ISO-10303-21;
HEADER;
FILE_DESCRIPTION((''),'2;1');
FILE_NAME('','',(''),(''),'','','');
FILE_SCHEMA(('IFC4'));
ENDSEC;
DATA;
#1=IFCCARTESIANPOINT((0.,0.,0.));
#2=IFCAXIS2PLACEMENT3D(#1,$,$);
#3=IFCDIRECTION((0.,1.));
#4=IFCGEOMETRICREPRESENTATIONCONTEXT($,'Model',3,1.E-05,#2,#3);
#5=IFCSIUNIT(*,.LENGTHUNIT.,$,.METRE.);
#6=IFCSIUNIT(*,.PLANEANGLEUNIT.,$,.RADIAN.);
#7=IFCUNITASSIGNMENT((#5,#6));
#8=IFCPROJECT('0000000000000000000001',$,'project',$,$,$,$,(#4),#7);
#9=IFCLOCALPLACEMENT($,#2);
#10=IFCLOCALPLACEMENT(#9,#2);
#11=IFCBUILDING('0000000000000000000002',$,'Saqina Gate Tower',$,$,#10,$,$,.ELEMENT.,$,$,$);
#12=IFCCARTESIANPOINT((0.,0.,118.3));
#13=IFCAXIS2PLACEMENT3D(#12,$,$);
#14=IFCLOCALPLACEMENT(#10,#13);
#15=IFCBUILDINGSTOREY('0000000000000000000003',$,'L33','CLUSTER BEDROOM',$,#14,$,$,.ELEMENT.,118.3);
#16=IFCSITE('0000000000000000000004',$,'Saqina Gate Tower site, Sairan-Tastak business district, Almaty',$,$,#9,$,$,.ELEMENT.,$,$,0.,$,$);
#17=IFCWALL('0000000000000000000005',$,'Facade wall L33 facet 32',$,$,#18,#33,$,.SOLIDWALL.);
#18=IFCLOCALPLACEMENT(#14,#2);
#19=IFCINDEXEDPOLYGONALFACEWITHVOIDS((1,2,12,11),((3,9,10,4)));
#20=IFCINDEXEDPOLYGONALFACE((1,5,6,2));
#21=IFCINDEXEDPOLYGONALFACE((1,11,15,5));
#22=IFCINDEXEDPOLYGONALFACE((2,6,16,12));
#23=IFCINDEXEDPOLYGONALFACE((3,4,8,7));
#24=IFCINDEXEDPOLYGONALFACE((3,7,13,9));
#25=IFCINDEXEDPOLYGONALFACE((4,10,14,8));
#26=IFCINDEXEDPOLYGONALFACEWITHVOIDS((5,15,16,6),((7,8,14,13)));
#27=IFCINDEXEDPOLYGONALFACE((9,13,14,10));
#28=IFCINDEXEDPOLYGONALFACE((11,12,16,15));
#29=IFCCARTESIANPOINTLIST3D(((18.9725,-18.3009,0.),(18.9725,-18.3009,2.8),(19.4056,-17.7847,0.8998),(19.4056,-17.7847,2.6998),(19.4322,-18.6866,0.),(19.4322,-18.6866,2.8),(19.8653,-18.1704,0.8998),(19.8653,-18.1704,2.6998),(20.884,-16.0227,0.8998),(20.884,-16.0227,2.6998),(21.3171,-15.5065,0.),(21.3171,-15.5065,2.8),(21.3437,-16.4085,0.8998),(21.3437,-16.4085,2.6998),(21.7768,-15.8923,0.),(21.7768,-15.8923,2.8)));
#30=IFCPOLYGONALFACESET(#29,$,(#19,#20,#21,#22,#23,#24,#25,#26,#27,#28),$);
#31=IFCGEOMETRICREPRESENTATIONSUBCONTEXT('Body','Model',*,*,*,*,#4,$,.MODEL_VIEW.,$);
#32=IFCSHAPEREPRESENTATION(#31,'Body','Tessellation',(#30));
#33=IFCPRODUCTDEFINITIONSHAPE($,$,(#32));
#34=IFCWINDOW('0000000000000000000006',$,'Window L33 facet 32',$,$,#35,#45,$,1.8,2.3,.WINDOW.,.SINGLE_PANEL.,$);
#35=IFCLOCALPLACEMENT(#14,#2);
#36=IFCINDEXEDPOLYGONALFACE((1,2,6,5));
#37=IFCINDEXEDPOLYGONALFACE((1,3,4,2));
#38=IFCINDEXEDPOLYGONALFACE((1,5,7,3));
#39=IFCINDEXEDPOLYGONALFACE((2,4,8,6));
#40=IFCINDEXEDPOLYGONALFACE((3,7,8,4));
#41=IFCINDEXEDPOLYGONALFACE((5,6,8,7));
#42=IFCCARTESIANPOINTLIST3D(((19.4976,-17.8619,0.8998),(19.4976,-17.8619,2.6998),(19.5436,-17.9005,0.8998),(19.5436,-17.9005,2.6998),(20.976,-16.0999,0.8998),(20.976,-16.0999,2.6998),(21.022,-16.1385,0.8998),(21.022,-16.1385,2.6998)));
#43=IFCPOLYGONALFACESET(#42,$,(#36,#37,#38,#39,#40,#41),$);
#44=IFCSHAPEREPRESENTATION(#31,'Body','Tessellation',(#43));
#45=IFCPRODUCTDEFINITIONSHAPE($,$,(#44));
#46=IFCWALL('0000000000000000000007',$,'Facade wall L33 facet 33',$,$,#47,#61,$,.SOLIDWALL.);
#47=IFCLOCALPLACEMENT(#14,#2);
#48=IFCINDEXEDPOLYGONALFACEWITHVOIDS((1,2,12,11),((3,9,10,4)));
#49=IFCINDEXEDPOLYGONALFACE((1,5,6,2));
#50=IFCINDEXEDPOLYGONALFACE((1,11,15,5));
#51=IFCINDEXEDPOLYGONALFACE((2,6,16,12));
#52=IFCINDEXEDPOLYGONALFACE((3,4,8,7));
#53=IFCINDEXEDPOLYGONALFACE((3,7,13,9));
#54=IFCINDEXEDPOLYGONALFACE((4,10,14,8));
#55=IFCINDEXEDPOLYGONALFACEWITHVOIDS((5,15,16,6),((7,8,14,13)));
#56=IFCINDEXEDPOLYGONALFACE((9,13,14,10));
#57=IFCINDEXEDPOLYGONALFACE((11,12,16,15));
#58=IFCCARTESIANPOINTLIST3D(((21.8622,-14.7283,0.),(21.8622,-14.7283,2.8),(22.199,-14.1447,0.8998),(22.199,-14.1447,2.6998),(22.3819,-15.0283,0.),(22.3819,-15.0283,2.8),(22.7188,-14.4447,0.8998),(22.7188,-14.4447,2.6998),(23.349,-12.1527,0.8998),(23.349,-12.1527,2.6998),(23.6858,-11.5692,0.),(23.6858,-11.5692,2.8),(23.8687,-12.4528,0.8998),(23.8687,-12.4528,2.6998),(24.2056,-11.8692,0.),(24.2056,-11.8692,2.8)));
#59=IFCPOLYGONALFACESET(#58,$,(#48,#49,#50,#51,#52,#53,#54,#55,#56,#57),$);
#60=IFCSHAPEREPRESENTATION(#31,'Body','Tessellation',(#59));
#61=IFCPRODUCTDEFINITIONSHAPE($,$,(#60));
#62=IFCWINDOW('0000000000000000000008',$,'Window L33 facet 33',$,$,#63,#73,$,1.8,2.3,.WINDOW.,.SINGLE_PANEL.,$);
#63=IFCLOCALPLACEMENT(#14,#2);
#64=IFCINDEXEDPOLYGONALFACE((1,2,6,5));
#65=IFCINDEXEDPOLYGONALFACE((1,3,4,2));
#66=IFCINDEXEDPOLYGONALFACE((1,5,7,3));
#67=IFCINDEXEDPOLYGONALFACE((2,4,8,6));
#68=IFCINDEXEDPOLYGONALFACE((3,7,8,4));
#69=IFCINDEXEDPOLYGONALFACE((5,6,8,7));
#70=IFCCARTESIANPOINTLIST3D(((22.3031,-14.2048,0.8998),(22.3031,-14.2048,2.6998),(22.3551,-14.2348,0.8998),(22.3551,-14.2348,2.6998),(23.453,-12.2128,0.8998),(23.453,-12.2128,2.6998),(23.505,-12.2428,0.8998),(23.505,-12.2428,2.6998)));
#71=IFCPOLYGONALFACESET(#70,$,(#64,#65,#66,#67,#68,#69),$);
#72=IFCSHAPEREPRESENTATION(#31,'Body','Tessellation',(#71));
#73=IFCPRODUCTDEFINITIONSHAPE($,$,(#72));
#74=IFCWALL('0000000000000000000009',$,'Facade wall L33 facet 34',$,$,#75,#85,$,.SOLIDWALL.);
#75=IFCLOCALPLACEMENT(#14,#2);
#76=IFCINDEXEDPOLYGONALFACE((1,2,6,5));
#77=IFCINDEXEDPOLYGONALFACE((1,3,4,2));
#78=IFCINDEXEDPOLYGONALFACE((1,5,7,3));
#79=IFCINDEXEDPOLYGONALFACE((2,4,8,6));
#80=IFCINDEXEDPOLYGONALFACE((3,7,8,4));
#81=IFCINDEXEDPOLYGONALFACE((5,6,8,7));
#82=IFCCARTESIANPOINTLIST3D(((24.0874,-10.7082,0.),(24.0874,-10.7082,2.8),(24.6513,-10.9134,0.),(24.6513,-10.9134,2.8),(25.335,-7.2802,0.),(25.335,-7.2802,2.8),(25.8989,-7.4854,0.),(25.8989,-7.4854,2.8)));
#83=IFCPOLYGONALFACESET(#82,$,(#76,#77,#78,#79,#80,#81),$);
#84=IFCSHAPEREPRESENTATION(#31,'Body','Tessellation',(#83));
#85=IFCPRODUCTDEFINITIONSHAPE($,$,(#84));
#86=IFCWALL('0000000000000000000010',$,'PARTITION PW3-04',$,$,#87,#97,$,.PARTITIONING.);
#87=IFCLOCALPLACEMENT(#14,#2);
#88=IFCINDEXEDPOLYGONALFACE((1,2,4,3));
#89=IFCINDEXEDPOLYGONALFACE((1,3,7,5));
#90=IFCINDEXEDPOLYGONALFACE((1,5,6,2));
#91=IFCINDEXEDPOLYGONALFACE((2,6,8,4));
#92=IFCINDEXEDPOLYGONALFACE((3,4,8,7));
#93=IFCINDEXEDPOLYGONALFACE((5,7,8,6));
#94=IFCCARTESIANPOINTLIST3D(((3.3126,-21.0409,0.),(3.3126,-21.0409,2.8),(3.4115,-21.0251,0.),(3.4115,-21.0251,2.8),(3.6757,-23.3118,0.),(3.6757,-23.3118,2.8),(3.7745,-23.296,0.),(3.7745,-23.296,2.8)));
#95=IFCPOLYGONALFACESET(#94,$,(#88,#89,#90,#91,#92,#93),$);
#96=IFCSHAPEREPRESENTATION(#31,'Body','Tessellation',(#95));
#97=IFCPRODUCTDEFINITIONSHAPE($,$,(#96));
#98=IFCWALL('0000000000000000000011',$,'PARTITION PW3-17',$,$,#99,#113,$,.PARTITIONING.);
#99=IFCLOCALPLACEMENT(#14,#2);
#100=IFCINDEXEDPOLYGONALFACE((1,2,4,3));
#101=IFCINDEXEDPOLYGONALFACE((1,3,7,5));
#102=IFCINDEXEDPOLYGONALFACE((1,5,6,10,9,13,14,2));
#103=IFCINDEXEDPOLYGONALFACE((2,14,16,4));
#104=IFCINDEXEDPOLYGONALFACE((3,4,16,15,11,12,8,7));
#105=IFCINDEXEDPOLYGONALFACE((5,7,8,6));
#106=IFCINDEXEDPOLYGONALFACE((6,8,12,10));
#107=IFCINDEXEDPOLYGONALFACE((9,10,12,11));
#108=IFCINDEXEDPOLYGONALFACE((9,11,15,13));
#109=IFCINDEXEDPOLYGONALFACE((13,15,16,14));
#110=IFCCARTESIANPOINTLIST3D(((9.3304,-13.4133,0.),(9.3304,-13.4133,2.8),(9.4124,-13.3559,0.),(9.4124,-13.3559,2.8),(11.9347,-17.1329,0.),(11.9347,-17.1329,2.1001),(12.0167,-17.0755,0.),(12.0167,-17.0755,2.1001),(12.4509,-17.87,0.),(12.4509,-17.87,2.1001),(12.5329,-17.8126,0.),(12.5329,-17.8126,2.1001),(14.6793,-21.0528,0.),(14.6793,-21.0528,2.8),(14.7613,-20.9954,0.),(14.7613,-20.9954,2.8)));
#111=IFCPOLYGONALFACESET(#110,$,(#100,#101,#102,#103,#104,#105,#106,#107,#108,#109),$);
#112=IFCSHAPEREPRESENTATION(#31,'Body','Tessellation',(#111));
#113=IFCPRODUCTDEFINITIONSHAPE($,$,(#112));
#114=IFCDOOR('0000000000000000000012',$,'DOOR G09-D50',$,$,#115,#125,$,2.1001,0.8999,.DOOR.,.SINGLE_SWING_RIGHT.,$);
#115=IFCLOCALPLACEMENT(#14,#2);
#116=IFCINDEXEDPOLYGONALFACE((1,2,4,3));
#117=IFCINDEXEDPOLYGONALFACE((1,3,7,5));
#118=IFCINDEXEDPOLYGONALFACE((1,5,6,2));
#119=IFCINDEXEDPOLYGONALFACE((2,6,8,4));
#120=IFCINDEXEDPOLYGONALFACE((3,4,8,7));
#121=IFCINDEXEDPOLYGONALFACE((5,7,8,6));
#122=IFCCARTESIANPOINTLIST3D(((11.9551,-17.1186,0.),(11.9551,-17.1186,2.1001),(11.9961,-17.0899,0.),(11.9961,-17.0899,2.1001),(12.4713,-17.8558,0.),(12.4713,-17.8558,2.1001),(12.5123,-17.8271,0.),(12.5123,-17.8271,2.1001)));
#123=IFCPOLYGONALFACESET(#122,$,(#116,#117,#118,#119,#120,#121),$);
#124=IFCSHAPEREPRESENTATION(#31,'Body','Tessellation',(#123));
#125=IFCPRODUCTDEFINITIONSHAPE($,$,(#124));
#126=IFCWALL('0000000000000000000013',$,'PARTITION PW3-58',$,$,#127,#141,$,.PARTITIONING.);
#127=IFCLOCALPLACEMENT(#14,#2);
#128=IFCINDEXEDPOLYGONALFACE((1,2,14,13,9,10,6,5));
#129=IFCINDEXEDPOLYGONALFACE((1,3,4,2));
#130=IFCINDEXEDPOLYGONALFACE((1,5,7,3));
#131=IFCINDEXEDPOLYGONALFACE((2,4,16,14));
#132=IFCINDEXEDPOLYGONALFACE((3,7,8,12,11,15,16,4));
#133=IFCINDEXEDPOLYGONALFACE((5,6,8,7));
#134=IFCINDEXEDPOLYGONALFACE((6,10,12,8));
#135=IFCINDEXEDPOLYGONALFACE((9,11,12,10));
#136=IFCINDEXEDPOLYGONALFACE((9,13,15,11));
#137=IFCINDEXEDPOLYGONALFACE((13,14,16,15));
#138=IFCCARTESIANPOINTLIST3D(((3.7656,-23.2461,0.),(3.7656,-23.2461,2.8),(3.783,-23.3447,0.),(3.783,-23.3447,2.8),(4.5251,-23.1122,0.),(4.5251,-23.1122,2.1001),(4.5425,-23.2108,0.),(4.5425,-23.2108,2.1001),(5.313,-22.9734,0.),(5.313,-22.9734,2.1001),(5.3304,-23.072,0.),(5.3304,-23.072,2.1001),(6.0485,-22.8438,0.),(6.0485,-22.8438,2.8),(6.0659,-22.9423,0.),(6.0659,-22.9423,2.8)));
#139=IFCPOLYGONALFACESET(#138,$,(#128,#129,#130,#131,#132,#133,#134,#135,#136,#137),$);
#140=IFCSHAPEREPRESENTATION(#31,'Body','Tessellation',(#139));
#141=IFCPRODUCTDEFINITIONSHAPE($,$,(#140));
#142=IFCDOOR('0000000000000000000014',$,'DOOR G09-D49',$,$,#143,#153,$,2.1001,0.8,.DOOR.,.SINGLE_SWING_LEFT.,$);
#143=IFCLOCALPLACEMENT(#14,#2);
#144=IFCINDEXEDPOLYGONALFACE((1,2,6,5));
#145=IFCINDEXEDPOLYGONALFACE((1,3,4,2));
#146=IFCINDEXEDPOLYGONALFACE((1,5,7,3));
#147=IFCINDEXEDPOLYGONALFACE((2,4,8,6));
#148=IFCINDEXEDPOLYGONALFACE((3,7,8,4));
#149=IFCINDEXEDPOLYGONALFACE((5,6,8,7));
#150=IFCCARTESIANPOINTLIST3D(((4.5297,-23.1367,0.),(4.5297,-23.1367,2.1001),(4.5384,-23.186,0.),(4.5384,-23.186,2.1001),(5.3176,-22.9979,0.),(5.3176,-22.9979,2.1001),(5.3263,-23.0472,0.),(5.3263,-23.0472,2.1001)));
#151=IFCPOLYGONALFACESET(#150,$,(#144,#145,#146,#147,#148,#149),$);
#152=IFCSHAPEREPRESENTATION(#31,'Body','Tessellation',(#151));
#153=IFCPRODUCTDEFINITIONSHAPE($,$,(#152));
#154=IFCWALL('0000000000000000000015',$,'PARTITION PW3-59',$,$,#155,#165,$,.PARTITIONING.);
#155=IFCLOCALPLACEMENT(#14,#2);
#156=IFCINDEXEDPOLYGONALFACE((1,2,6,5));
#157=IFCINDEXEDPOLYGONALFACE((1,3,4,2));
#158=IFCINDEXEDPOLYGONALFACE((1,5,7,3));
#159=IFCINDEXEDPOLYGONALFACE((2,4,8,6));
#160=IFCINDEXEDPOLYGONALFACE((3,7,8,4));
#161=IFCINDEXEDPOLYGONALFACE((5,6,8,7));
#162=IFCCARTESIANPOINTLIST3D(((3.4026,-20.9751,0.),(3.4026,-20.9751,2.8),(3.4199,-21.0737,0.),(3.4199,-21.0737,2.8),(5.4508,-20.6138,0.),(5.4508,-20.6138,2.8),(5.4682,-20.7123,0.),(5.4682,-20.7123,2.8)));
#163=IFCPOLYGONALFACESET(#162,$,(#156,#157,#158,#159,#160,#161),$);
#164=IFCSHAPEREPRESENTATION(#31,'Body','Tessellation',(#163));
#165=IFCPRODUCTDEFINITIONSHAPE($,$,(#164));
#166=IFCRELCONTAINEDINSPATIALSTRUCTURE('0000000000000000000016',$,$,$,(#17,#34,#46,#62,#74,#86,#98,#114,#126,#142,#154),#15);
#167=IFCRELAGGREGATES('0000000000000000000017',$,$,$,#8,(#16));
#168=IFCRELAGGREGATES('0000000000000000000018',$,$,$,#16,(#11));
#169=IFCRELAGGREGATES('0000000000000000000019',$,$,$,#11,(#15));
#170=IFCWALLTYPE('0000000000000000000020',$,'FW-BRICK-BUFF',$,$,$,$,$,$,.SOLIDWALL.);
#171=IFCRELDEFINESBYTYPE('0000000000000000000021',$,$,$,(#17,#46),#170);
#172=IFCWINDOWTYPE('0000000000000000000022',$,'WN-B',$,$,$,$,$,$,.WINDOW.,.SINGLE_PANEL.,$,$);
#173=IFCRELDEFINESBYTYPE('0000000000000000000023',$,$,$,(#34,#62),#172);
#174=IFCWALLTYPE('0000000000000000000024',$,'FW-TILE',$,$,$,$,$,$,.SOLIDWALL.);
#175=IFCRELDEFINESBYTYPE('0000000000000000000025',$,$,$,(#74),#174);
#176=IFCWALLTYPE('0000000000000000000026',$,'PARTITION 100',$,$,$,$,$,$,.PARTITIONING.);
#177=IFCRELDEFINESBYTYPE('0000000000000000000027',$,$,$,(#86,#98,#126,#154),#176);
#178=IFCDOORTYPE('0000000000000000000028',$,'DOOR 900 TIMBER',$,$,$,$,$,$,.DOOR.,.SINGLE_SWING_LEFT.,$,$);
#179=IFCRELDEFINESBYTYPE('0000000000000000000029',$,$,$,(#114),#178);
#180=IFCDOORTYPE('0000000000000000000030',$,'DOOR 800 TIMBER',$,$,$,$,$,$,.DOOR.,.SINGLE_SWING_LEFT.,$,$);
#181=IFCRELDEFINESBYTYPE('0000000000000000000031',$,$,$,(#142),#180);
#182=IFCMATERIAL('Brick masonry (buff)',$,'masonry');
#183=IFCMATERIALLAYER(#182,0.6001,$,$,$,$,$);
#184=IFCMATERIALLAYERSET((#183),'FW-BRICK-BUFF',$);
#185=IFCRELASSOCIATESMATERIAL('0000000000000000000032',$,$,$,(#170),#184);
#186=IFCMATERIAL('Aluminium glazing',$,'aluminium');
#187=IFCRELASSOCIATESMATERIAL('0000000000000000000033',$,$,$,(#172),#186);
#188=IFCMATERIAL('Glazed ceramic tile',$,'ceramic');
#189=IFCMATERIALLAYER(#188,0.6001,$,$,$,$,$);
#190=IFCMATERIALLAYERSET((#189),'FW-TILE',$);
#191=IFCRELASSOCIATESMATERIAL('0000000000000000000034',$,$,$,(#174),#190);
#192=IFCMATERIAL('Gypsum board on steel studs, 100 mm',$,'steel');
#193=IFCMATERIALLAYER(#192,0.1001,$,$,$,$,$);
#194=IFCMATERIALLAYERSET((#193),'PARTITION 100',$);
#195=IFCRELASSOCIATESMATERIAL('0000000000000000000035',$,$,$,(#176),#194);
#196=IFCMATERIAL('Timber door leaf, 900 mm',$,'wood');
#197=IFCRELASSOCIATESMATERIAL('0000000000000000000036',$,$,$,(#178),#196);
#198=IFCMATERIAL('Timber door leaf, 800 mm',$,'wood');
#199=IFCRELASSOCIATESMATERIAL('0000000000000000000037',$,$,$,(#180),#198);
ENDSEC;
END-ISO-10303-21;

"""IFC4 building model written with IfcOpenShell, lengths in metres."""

from ifc_helpers import new_model, si_unit, direction, frame, frame_2d, origin, place, context, subcontext, project, spatial, rectangle, extrude, material, layer, layer_set, type_object, element, fill, save


model = new_model("IFC4")

# Units and contexts
model_context = context("Model", 3, precision=1e-05, world=origin(), true_north=direction((0.0, 1.0)))
body_context = subcontext(model_context, "Body", "Model", "MODEL_VIEW")
ifc_project = project(units=[si_unit("LENGTHUNIT", "METRE"), si_unit("PLANEANGLEUNIT", "RADIAN")], contexts=[model_context])

# Site, building, storey
site_placement = place(None, origin())
site = spatial("IfcSite", under=ifc_project, at=site_placement, Name="Saqina Gate Tower site, Sairan-Tastak business district, Almaty", CompositionType="ELEMENT", RefElevation=0.0)
building_placement = place(site_placement, origin())
building = spatial("IfcBuilding", under=site, at=building_placement, Name="Saqina Gate Tower", CompositionType="ELEMENT")
storey_placement = place(building_placement, frame((0.0, 0.0, 118.3)))
storey = spatial("IfcBuildingStorey", under=building, at=storey_placement, Name="L33", Description="CLUSTER BEDROOM", CompositionType="ELEMENT", Elevation=118.3)

# Walls, openings, windows
ifc_material_1 = material(Name="Brick masonry (buff)", Category="masonry")
ifc_layer_1 = layer(ifc_material_1, 0.6001)
ifc_layer_set_1 = layer_set([ifc_layer_1], Name="FW-BRICK-BUFF")
wall_type_1 = type_object("IfcWallType", Name="FW-BRICK-BUFF", PredefinedType="SOLIDWALL", material=ifc_layer_set_1)
ifc_material_2 = material(Name="Aluminium glazing", Category="aluminium")
window_type = type_object("IfcWindowType", Name="WN-B", PartitioningType="SINGLE_PANEL", PredefinedType="WINDOW", material=ifc_material_2)
wall_1_placement = place(storey_placement, frame((19.2024, -18.4937, 0.0), z_axis=(0.0, 0.0, 1.0), x_axis=(0.642774, 0.766055, 0.0)))
wall_1 = element("IfcWall", 1, at=wall_1_placement, inside=storey, type_object=wall_type_1, Name="Facade wall L33 facet 32", PredefinedType="SOLIDWALL", context=body_context, shape_type="SweptSolid", body=[
    extrude(rectangle(XDim=3.6477, YDim=0.6001, at=frame_2d((1.8237, 0.0))), origin(), (0.0, 0.0, 1.0), 2.8),
])
opening_1_placement = place(wall_1_placement, frame((0.6738, 0.0, 0.8999)))
opening_1 = element("IfcOpeningElement", 2, at=opening_1_placement, cuts=wall_1, PredefinedType="OPENING", context=body_context, shape_type="SweptSolid", body=[
    extrude(rectangle(XDim=2.3, YDim=1.8, at=frame_2d((1.1499, 0.8999))), frame((0.0, 0.312, 0.0), z_axis=(0.0, -1.0, 0.0), x_axis=(1.0, 0.0, 0.0)), (0.0, 0.0, 1.0), 0.624),
])
window_1_placement = place(opening_1_placement, origin())
window_1 = element("IfcWindow", 3, at=window_1_placement, inside=storey, type_object=window_type, Name="Window L33 facet 32", OverallHeight=1.8, OverallWidth=2.3, PartitioningType="SINGLE_PANEL", PredefinedType="WINDOW", context=body_context, shape_type="SweptSolid", body=[
    extrude(rectangle(XDim=2.3, YDim=1.8, at=frame_2d((1.1499, 0.8999))), frame((0.0, 0.1799, 0.0), z_axis=(0.0, -1.0, 0.0), x_axis=(1.0, 0.0, 0.0)), (0.0, 0.0, 1.0), 0.0601),
])
fill(opening_1, window_1)
wall_2_placement = place(storey_placement, frame((22.1221, -14.8782, 0.0), z_axis=(0.0, 0.0, 1.0), x_axis=(0.499954, 0.866052, 0.0)))
wall_2 = element("IfcWall", 4, at=wall_2_placement, inside=storey, type_object=wall_type_1, Name="Facade wall L33 facet 33", PredefinedType="SOLIDWALL", context=body_context, shape_type="SweptSolid", body=[
    extrude(rectangle(XDim=3.6477, YDim=0.6001, at=frame_2d((1.8237, 0.0))), origin(), (0.0, 0.0, 1.0), 2.8),
])
opening_2_placement = place(wall_2_placement, frame((0.6738, 0.0, 0.8999)))
opening_2 = element("IfcOpeningElement", 5, at=opening_2_placement, cuts=wall_2, PredefinedType="OPENING", context=body_context, shape_type="SweptSolid", body=[
    extrude(rectangle(XDim=2.3, YDim=1.8, at=frame_2d((1.1499, 0.8999))), frame((0.0, 0.312, 0.0), z_axis=(0.0, -1.0, 0.0), x_axis=(1.0, 0.0, 0.0)), (0.0, 0.0, 1.0), 0.624),
])
window_2_placement = place(opening_2_placement, origin())
window_2 = element("IfcWindow", 6, at=window_2_placement, inside=storey, type_object=window_type, Name="Window L33 facet 33", OverallHeight=1.8, OverallWidth=2.3, PartitioningType="SINGLE_PANEL", PredefinedType="WINDOW", context=body_context, shape_type="SweptSolid", body=[
    extrude(rectangle(XDim=2.3, YDim=1.8, at=frame_2d((1.1499, 0.8999))), frame((0.0, 0.1799, 0.0), z_axis=(0.0, -1.0, 0.0), x_axis=(1.0, 0.0, 0.0)), (0.0, 0.0, 1.0), 0.0601),
])
fill(opening_2, window_2)

# Walls
ifc_material_3 = material(Name="Glazed ceramic tile", Category="ceramic")
ifc_layer_2 = layer(ifc_material_3, 0.6001)
ifc_layer_set_2 = layer_set([ifc_layer_2], Name="FW-TILE")
wall_type_2 = type_object("IfcWallType", Name="FW-TILE", PredefinedType="SOLIDWALL", material=ifc_layer_set_2)
wall_3_placement = place(storey_placement, frame((24.3694, -10.8108, 0.0), z_axis=(0.0, 0.0, 1.0), x_axis=(0.34199, 0.939704, 0.0)))
element("IfcWall", 7, at=wall_3_placement, inside=storey, type_object=wall_type_2, Name="Facade wall L33 facet 34", PredefinedType="SOLIDWALL", context=body_context, shape_type="SweptSolid", body=[
    extrude(rectangle(XDim=3.6479, YDim=0.6001, at=frame_2d((1.824, 0.0))), origin(), (0.0, 0.0, 1.0), 2.8),
])
ifc_material_4 = material(Name="Gypsum board on steel studs, 100 mm", Category="steel")
ifc_layer_3 = layer(ifc_material_4, 0.1001)
ifc_layer_set_3 = layer_set([ifc_layer_3], Name="PARTITION 100")
wall_type_3 = type_object("IfcWallType", Name="PARTITION 100", PredefinedType="PARTITIONING", material=ifc_layer_set_3)
wall_4_placement = place(storey_placement, frame((3.3621, -21.033, 0.0), z_axis=(0.0, 0.0, 1.0), x_axis=(0.157854, -0.987462, 0.0)))
element("IfcWall", 8, at=wall_4_placement, inside=storey, type_object=wall_type_3, Name="PARTITION PW3-04", PredefinedType="PARTITIONING", context=body_context, shape_type="SweptSolid", body=[
    extrude(rectangle(XDim=2.2998, YDim=0.1001, at=frame_2d((1.1499, 0.0))), origin(), (0.0, 0.0, 1.0), 2.8),
])

# Walls, openings, doors
wall_5_placement = place(storey_placement, frame((9.3713, -13.3845, 0.0), z_axis=(0.0, 0.0, 1.0), x_axis=(0.573555, -0.819167, 0.0)))
wall_5 = element("IfcWall", 9, at=wall_5_placement, inside=storey, type_object=wall_type_3, Name="PARTITION PW3-17", PredefinedType="PARTITIONING", context=body_context, shape_type="SweptSolid", body=[
    extrude(rectangle(XDim=9.3259, YDim=0.1001, at=frame_2d((4.6631, 0.0))), origin(), (0.0, 0.0, 1.0), 2.8),
])
opening_3_placement = place(wall_5_placement, frame((4.5408, 0.0, 0.0)))
opening_3 = element("IfcOpeningElement", 10, at=opening_3_placement, cuts=wall_5, PredefinedType="OPENING", context=body_context, shape_type="SweptSolid", body=[
    extrude(rectangle(XDim=0.8999, YDim=2.1001, at=frame_2d((0.45, 1.05))), frame((0.0, 0.062, 0.0), z_axis=(0.0, -1.0, 0.0), x_axis=(1.0, 0.0, 0.0)), (0.0, 0.0, 1.0), 0.124),
])
ifc_material_5 = material(Name="Timber door leaf, 900 mm", Category="wood")
door_type_1 = type_object("IfcDoorType", Name="DOOR 900 TIMBER", OperationType="SINGLE_SWING_LEFT", PredefinedType="DOOR", material=ifc_material_5)
door_1_placement = place(opening_3_placement, origin())
door_1 = element("IfcDoor", 11, at=door_1_placement, inside=storey, type_object=door_type_1, Name="DOOR G09-D50", OperationType="SINGLE_SWING_RIGHT", OverallHeight=2.1001, OverallWidth=0.8999, PredefinedType="DOOR", context=body_context, shape_type="SweptSolid", body=[
    extrude(rectangle(XDim=0.8999, YDim=2.1001, at=frame_2d((0.45, 1.05))), frame((0.0, 0.0249, 0.0), z_axis=(0.0, -1.0, 0.0), x_axis=(1.0, 0.0, 0.0)), (0.0, 0.0, 1.0), 0.05),
])
fill(opening_3, door_1)
wall_6_placement = place(storey_placement, frame((3.7742, -23.2954, 0.0), z_axis=(0.0, 0.0, 1.0), x_axis=(0.984823, 0.173563, 0.0)))
wall_6 = element("IfcWall", 12, at=wall_6_placement, inside=storey, type_object=wall_type_3, Name="PARTITION PW3-58", PredefinedType="PARTITIONING", context=body_context, shape_type="SweptSolid", body=[
    extrude(rectangle(XDim=2.3181, YDim=0.1001, at=frame_2d((1.1592, 0.0))), origin(), (0.0, 0.0, 1.0), 2.8),
])
opening_4_placement = place(wall_6_placement, frame((0.7715, 0.0, 0.0)))
opening_4 = element("IfcOpeningElement", 13, at=opening_4_placement, cuts=wall_6, PredefinedType="OPENING", context=body_context, shape_type="SweptSolid", body=[
    extrude(rectangle(XDim=0.8, YDim=2.1001, at=frame_2d((0.3999, 1.05))), frame((0.0, 0.062, 0.0), z_axis=(0.0, -1.0, 0.0), x_axis=(1.0, 0.0, 0.0)), (0.0, 0.0, 1.0), 0.124),
])
ifc_material_6 = material(Name="Timber door leaf, 800 mm", Category="wood")
door_type_2 = type_object("IfcDoorType", Name="DOOR 800 TIMBER", OperationType="SINGLE_SWING_LEFT", PredefinedType="DOOR", material=ifc_material_6)
door_2_placement = place(opening_4_placement, frame((0.8, 0.0, 0.0), z_axis=(0.0, 0.0, 1.0), x_axis=(-1.0, 0.0, 0.0)))
door_2 = element("IfcDoor", 14, at=door_2_placement, inside=storey, type_object=door_type_2, Name="DOOR G09-D49", OperationType="SINGLE_SWING_LEFT", OverallHeight=2.1001, OverallWidth=0.8, PredefinedType="DOOR", context=body_context, shape_type="SweptSolid", body=[
    extrude(rectangle(XDim=0.8, YDim=2.1001, at=frame_2d((0.3999, 1.05))), frame((0.0, 0.0249, 0.0), z_axis=(0.0, -1.0, 0.0), x_axis=(1.0, 0.0, 0.0)), (0.0, 0.0, 1.0), 0.05),
])
fill(opening_4, door_2)

# Wall
wall_7_placement = place(storey_placement, frame((3.4111, -21.0244, 0.0), z_axis=(0.0, 0.0, 1.0), x_axis=(0.984792, 0.173738, 0.0)))
element("IfcWall", 15, at=wall_7_placement, inside=storey, type_object=wall_type_3, Name="PARTITION PW3-59", PredefinedType="PARTITIONING", context=body_context, shape_type="SweptSolid", body=[
    extrude(rectangle(XDim=2.0798, YDim=0.1001, at=frame_2d((1.04, 0.0))), origin(), (0.0, 0.0, 1.0), 2.8),
])

save(model, "model.ifc")
